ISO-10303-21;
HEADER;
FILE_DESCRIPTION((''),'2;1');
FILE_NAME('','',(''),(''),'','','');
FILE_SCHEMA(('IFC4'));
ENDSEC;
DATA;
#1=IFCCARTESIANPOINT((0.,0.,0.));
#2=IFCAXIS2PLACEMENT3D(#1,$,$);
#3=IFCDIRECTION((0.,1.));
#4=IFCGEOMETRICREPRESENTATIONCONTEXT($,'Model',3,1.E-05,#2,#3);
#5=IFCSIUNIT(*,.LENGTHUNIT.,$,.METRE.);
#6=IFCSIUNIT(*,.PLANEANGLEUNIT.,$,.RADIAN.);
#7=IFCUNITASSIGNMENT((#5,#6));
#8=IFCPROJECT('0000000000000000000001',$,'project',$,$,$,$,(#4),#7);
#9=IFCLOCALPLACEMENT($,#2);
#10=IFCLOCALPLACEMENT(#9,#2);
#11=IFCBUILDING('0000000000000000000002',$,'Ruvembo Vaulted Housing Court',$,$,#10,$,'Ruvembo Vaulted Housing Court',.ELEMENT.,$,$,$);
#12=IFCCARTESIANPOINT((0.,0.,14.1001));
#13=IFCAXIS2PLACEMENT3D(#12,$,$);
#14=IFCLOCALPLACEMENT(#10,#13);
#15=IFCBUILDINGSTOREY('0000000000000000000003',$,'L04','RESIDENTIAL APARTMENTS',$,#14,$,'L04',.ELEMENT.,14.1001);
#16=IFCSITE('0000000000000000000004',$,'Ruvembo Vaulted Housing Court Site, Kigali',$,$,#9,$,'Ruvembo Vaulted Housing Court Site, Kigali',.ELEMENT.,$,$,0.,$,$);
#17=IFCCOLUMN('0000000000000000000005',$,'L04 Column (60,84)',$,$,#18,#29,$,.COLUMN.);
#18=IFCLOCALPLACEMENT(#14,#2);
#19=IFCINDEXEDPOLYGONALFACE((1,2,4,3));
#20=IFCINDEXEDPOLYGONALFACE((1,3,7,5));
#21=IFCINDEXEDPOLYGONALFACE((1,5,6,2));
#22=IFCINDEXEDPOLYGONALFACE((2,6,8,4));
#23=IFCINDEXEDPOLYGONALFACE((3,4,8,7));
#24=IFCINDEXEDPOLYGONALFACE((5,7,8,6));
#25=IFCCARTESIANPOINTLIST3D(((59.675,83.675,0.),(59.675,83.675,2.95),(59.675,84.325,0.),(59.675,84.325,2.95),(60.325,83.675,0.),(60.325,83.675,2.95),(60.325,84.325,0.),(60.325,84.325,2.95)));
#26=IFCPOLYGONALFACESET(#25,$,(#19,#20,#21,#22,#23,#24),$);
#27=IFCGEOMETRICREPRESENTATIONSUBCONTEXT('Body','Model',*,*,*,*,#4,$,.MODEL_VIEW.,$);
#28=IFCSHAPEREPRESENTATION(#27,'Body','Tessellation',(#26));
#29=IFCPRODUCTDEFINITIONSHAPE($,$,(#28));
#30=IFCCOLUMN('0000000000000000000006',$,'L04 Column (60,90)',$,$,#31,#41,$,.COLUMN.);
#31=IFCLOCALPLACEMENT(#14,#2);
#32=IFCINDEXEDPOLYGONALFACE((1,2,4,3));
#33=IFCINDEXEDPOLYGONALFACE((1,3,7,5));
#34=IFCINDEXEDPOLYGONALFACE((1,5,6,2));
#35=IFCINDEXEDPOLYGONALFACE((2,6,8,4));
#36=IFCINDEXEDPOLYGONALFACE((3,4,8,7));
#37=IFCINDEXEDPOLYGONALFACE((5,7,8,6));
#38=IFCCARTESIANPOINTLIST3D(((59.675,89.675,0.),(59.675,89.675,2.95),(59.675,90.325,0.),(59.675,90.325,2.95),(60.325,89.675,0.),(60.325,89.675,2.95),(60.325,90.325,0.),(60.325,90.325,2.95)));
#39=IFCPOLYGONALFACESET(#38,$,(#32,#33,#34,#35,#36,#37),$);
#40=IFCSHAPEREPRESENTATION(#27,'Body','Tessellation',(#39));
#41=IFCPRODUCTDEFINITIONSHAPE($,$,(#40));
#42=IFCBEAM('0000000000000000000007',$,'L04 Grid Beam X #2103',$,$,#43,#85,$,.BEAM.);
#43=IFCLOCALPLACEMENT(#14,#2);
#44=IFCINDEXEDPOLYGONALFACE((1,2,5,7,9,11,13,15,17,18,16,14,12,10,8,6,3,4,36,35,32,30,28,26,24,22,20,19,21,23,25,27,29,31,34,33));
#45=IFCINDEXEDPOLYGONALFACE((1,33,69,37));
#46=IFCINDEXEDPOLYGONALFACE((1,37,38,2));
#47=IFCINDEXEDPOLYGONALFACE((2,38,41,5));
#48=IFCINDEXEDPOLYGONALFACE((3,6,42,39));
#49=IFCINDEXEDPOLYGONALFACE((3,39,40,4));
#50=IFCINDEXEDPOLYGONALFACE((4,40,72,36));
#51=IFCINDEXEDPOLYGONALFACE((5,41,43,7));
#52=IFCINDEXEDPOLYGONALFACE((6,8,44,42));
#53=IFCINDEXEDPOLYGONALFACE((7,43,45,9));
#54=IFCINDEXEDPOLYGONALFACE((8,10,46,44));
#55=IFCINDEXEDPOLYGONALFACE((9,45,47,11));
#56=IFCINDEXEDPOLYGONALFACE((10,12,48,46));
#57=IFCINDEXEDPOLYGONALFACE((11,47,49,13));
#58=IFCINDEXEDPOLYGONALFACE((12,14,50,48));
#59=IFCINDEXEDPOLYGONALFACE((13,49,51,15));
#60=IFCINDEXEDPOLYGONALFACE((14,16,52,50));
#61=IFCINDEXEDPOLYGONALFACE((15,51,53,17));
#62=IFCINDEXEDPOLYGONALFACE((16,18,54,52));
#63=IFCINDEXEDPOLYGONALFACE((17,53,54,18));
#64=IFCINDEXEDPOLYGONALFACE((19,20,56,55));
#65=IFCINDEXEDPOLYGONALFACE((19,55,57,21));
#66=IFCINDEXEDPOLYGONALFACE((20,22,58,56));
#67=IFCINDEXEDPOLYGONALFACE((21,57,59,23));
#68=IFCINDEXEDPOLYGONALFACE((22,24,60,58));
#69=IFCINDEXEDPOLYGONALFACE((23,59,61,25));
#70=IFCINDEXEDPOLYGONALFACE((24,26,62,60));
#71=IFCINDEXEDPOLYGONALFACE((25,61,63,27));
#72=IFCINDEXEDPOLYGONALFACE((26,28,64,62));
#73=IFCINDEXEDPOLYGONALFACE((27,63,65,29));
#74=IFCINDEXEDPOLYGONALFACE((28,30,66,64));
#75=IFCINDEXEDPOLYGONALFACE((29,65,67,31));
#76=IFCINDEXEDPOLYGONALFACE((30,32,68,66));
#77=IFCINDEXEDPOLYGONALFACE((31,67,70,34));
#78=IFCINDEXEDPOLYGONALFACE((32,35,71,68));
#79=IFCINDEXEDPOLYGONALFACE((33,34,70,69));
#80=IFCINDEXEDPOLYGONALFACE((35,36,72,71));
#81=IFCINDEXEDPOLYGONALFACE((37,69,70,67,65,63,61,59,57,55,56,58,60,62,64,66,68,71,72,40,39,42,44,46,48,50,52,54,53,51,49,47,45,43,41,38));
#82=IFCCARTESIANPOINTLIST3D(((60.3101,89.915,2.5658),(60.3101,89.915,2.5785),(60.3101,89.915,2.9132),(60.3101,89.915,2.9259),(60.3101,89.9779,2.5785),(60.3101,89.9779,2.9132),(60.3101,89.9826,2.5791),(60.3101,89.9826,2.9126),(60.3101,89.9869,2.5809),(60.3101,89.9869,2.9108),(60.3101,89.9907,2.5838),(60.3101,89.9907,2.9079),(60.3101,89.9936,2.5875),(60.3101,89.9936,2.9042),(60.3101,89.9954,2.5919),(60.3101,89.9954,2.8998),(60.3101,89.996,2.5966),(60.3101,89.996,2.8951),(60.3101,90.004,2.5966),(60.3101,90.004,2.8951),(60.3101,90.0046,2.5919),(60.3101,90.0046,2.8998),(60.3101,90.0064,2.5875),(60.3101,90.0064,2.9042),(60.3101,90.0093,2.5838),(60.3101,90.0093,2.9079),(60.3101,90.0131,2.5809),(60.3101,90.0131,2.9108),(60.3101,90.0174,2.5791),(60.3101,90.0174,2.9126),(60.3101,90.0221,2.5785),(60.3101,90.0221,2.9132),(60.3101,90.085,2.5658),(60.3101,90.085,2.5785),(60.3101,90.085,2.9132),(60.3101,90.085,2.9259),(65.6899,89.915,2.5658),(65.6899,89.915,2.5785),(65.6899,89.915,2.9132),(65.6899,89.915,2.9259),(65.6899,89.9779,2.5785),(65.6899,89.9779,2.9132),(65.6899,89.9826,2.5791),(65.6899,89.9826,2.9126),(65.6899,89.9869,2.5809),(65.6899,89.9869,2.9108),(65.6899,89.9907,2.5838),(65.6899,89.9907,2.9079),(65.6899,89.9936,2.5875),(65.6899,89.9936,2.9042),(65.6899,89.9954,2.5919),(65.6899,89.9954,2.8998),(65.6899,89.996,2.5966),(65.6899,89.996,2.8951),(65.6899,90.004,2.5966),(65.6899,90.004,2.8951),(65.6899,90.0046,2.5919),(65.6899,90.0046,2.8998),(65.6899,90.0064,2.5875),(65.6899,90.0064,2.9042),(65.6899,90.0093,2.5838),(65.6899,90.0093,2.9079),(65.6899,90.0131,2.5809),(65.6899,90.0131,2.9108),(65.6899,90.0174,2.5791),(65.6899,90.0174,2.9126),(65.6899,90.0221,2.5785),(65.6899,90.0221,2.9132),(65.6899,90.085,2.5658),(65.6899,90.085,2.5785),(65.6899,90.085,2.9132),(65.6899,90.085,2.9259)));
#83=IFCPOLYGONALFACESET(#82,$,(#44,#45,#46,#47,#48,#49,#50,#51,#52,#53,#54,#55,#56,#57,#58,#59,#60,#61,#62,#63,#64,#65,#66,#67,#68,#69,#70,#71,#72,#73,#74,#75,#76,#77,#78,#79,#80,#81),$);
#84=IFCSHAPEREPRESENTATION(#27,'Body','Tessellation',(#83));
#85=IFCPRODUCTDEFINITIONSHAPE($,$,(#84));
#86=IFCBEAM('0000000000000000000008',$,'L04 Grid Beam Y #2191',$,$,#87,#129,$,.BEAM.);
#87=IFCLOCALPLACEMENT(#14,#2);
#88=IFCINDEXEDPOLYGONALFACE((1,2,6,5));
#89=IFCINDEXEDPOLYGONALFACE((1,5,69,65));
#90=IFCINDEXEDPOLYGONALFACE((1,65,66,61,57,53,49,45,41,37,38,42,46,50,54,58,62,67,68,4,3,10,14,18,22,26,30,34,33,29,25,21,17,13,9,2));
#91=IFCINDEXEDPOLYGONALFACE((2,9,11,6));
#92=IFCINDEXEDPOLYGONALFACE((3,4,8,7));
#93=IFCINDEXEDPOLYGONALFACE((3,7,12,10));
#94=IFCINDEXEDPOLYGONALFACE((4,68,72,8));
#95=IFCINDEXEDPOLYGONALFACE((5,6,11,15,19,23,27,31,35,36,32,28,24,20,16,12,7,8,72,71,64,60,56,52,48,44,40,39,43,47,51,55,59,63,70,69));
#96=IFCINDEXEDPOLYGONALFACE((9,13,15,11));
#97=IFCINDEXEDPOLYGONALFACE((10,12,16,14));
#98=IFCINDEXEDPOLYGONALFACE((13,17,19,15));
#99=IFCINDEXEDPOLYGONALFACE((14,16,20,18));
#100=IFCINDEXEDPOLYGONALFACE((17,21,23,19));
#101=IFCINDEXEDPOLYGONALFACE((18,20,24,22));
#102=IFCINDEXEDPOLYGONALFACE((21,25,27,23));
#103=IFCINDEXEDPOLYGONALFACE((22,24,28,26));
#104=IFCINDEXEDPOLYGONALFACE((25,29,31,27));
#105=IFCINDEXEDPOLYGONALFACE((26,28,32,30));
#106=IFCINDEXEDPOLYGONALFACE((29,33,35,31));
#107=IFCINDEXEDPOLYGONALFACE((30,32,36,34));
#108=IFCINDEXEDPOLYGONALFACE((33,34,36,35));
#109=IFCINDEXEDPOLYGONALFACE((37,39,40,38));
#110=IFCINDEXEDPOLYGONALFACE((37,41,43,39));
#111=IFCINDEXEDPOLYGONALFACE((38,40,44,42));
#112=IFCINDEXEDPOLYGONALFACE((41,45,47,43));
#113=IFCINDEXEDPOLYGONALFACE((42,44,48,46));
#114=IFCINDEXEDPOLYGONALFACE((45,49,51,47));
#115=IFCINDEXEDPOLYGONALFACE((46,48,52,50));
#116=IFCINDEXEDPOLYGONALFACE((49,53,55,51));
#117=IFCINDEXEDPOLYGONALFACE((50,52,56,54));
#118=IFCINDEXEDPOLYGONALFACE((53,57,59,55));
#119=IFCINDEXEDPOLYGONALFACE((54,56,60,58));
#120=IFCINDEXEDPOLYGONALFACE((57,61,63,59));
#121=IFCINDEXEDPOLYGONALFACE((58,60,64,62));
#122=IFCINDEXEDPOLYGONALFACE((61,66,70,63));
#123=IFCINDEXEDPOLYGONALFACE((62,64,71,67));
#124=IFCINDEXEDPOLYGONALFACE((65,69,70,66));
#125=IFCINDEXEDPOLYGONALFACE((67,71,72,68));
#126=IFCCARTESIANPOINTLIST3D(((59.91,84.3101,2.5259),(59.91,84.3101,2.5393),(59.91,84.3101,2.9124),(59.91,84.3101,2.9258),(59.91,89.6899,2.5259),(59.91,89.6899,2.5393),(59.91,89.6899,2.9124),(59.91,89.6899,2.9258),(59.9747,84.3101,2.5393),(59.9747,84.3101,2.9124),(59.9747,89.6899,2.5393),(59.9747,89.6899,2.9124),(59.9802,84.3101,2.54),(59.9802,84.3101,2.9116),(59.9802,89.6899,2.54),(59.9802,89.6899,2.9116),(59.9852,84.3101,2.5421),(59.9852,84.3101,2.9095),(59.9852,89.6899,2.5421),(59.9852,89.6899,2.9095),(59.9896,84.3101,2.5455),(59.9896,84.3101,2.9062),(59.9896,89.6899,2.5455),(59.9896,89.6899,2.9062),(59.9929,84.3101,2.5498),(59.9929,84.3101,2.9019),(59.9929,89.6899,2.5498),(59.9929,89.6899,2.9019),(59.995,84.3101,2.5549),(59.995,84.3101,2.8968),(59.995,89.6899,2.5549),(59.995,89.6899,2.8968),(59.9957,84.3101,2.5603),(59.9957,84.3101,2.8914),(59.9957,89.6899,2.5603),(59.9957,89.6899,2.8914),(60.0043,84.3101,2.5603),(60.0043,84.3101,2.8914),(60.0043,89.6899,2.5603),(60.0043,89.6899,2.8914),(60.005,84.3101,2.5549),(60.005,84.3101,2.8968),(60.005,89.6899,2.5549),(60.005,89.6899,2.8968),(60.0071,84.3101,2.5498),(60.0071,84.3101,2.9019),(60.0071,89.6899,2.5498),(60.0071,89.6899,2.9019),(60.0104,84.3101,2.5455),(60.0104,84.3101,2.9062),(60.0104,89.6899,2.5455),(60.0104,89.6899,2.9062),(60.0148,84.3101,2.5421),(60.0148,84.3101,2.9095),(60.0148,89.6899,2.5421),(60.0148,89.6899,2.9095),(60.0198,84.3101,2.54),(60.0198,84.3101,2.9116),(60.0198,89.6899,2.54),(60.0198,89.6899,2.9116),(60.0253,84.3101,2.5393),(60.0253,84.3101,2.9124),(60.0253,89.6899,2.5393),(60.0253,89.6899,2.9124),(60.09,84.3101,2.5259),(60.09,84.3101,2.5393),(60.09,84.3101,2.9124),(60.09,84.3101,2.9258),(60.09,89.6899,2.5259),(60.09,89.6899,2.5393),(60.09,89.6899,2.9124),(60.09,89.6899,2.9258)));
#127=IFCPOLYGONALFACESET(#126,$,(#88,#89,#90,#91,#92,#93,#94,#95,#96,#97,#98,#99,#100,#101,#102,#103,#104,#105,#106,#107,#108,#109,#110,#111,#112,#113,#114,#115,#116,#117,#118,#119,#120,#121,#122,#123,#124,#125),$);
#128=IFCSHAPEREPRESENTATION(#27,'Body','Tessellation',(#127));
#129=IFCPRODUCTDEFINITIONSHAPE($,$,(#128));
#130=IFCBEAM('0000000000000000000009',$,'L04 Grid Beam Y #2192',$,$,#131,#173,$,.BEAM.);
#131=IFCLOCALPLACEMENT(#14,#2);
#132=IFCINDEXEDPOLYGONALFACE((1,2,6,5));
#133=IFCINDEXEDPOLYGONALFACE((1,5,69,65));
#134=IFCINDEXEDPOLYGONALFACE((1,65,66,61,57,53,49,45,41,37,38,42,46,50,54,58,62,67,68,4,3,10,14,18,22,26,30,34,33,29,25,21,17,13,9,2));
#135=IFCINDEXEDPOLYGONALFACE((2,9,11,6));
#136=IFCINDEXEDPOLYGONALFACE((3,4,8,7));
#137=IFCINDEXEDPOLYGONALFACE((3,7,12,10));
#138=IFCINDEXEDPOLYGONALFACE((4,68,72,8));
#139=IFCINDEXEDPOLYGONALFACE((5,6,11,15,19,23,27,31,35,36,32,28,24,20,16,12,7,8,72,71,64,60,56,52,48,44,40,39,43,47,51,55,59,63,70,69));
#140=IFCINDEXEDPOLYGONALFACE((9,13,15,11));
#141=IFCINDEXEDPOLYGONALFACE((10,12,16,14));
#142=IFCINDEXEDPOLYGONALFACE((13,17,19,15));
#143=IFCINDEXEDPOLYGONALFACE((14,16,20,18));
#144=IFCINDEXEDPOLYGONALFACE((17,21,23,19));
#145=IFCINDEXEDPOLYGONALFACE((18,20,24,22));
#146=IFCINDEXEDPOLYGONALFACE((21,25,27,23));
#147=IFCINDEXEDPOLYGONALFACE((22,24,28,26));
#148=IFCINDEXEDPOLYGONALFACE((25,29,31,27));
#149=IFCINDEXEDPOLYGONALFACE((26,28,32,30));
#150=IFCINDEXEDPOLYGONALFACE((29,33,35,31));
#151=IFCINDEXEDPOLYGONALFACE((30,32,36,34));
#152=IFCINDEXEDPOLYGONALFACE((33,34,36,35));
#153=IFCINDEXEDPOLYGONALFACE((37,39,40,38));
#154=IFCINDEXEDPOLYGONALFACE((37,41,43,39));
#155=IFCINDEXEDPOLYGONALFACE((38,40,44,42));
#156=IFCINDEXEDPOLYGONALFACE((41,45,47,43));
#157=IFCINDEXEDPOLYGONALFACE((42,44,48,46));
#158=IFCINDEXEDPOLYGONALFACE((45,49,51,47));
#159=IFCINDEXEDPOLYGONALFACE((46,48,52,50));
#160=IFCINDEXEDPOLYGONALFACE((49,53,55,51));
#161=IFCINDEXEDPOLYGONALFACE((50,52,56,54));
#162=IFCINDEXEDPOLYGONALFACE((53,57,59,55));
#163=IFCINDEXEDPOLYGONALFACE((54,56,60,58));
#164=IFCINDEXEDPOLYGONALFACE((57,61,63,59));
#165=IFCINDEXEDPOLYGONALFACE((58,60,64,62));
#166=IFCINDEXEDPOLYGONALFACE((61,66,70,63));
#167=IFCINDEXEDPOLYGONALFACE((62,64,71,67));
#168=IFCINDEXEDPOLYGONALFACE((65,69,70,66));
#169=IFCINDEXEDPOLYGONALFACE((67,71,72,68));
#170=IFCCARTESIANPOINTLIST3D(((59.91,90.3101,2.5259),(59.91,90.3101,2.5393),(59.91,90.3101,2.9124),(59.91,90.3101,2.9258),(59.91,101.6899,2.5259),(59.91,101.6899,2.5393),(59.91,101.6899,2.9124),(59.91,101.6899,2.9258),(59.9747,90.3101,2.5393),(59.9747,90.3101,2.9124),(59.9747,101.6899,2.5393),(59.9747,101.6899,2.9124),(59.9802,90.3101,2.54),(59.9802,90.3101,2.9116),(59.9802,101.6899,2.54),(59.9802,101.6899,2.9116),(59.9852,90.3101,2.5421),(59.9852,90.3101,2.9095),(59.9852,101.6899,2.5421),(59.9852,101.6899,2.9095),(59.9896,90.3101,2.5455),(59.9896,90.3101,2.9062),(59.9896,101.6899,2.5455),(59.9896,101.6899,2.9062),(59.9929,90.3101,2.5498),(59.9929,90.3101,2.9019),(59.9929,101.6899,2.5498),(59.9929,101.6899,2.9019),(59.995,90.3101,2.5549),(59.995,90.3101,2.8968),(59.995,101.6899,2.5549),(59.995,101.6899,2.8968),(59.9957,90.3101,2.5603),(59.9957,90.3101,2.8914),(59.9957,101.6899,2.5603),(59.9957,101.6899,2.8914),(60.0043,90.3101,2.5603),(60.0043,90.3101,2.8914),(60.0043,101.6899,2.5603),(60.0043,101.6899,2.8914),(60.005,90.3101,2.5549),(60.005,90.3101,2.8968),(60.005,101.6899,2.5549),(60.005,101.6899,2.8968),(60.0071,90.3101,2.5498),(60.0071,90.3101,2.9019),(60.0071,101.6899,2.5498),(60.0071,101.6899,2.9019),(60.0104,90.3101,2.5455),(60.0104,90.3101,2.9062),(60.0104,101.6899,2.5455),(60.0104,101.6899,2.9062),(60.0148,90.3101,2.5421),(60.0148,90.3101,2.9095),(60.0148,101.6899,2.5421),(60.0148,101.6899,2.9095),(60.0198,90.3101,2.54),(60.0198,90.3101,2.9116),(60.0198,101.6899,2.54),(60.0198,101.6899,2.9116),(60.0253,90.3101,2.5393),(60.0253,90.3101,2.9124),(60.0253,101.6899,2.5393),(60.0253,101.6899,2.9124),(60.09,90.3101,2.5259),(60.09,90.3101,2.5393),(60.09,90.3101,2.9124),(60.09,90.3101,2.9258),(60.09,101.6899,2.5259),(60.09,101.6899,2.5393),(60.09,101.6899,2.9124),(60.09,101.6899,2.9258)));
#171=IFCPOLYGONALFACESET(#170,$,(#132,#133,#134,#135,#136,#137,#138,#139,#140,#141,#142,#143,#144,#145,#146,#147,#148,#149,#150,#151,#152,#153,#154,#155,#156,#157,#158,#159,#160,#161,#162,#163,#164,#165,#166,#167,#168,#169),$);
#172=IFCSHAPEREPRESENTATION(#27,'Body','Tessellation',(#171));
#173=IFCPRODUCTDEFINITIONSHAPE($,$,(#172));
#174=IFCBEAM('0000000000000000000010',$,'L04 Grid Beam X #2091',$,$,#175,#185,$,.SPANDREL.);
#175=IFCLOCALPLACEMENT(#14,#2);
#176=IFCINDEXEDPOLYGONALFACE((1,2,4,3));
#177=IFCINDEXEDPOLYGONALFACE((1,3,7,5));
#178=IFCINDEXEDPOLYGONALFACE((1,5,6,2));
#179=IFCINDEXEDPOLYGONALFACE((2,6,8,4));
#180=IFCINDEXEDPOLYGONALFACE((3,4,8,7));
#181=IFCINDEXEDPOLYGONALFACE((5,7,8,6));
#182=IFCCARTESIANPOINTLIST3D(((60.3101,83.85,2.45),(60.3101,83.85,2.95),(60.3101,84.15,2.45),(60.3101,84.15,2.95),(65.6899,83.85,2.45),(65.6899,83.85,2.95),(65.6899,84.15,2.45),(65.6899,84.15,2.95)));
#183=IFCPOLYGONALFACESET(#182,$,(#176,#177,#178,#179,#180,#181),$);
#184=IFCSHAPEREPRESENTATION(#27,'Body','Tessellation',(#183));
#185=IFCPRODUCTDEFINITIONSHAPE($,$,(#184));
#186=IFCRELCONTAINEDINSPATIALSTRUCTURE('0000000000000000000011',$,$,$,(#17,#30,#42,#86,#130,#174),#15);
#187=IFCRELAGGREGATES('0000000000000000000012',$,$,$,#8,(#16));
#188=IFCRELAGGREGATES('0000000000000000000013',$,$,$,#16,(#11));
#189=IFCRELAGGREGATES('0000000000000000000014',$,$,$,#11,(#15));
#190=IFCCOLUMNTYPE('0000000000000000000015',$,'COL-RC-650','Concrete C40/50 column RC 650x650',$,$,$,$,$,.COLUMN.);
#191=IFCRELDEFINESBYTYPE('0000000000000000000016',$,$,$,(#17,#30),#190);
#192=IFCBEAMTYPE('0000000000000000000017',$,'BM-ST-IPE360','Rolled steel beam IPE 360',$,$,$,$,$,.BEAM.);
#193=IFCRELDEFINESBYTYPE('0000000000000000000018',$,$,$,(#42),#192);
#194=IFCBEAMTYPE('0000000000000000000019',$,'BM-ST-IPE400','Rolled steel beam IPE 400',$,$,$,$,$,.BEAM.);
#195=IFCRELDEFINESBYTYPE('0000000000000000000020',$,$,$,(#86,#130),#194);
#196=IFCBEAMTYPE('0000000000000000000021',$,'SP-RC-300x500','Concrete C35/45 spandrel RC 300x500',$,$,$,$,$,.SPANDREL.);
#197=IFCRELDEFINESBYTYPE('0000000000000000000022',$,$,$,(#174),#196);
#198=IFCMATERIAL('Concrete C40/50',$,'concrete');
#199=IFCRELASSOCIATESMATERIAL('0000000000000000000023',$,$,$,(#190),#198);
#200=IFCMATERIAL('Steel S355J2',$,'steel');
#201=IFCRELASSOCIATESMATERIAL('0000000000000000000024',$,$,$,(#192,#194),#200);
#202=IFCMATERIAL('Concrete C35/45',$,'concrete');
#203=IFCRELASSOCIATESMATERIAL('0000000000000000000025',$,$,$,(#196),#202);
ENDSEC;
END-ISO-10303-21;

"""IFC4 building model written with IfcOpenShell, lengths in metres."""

from ifc_helpers import new_model, si_unit, direction, frame, origin, origin_2d, place, context, subcontext, project, spatial, rectangle, i_section, extrude, material, material_profile, profile_set, type_object, element, save


model = new_model("IFC4")

# Units and contexts
model_context = context("Model", 3, precision=1e-05, world=origin(), true_north=direction((0.0, 1.0)))
body_context = subcontext(model_context, "Body", "Model", "MODEL_VIEW")
ifc_project = project(units=[si_unit("LENGTHUNIT", "METRE"), si_unit("PLANEANGLEUNIT", "RADIAN")], contexts=[model_context])

# Site, building, storey
site_placement = place(None, origin())
site = spatial("IfcSite", under=ifc_project, at=site_placement, Name="Ruvembo Vaulted Housing Court Site, Kigali", LongName="Ruvembo Vaulted Housing Court Site, Kigali", CompositionType="ELEMENT", RefElevation=0.0)
building_placement = place(site_placement, origin())
building = spatial("IfcBuilding", under=site, at=building_placement, Name="Ruvembo Vaulted Housing Court", LongName="Ruvembo Vaulted Housing Court", CompositionType="ELEMENT")
storey_placement = place(building_placement, frame((0.0, 0.0, 14.1001)))
storey = spatial("IfcBuildingStorey", under=building, at=storey_placement, Name="L04", Description="RESIDENTIAL APARTMENTS", LongName="L04", CompositionType="ELEMENT", Elevation=14.1001)

# Columns
ifc_material_1 = material(Name="Concrete C40/50", Category="concrete")
ifc_material_profile_1 = material_profile(ifc_material_1, rectangle(XDim=0.6499, YDim=0.6499, at=origin_2d()), Name="RC 650x650")
ifc_profile_set_1 = profile_set([ifc_material_profile_1], Name="Concrete C40/50")
column_type = type_object("IfcColumnType", Name="COL-RC-650", Description="Concrete C40/50 column RC 650x650", PredefinedType="COLUMN", material=ifc_profile_set_1)
for number, where, z_axis, x_axis, name in (
    (1, (60.0, 84.0, 0.0), (0.0, 0.0, 1.0), (1.0, 0.0, 0.0), "L04 Column (60,84)"),
    (2, (60.0, 90.0, 0.0), (0.0, 0.0, 1.0), (1.0, 0.0, 0.0), "L04 Column (60,90)"),
):
    element("IfcColumn", number, at=place(storey_placement, frame(where, z_axis=z_axis, x_axis=x_axis)), inside=storey, type_object=column_type, Name=name, PredefinedType="COLUMN", context=body_context, shape_type="SweptSolid", body=[
        extrude(rectangle(XDim=0.6499, YDim=0.6499, at=origin_2d()), origin(), (0.0, 0.0, 1.0), 2.95),
    ])

# Beams
ifc_material_2 = material(Name="Steel S355J2", Category="steel")
ifc_material_profile_2 = material_profile(ifc_material_2, i_section(OverallWidth=0.1699, OverallDepth=0.3601, WebThickness=0.0081, FlangeThickness=0.0127, FilletRadius=0.0181, at=origin_2d()), Name="IPE 360")
ifc_profile_set_2 = profile_set([ifc_material_profile_2], Name="Steel S355J2")
beam_type_1 = type_object("IfcBeamType", Name="BM-ST-IPE360", Description="Rolled steel beam IPE 360", PredefinedType="BEAM", material=ifc_profile_set_2)
beam_1_placement = place(storey_placement, frame((60.3101, 90.0, 2.7458), z_axis=(1.0, 0.0, 0.0), x_axis=(0.0, 1.0, 0.0)))
element("IfcBeam", 3, at=beam_1_placement, inside=storey, type_object=beam_type_1, Name="L04 Grid Beam X #2103", PredefinedType="BEAM", context=body_context, shape_type="SweptSolid", body=[
    extrude(i_section(OverallWidth=0.1699, OverallDepth=0.3601, WebThickness=0.0081, FlangeThickness=0.0127, FilletRadius=0.0181, at=origin_2d()), origin(), (0.0, 0.0, 1.0), 5.3799),
])
ifc_material_profile_3 = material_profile(ifc_material_2, i_section(OverallWidth=0.1799, OverallDepth=0.3999, WebThickness=0.0085, FlangeThickness=0.0134, FilletRadius=0.021, at=origin_2d()), Name="IPE 400")
ifc_profile_set_3 = profile_set([ifc_material_profile_3], Name="Steel S355J2")
beam_type_2 = type_object("IfcBeamType", Name="BM-ST-IPE400", Description="Rolled steel beam IPE 400", PredefinedType="BEAM", material=ifc_profile_set_3)
beam_2_placement = place(storey_placement, frame((60.0, 84.3101, 2.7258), z_axis=(0.0, 1.0, 0.0), x_axis=(-1.0, 0.0, 0.0)))
element("IfcBeam", 4, at=beam_2_placement, inside=storey, type_object=beam_type_2, Name="L04 Grid Beam Y #2191", PredefinedType="BEAM", context=body_context, shape_type="SweptSolid", body=[
    extrude(i_section(OverallWidth=0.1799, OverallDepth=0.3999, WebThickness=0.0085, FlangeThickness=0.0134, FilletRadius=0.021, at=origin_2d()), origin(), (0.0, 0.0, 1.0), 5.3799),
])
beam_3_placement = place(storey_placement, frame((60.0, 90.3101, 2.7258), z_axis=(0.0, 1.0, 0.0), x_axis=(-1.0, 0.0, 0.0)))
element("IfcBeam", 5, at=beam_3_placement, inside=storey, type_object=beam_type_2, Name="L04 Grid Beam Y #2192", PredefinedType="BEAM", context=body_context, shape_type="SweptSolid", body=[
    extrude(i_section(OverallWidth=0.1799, OverallDepth=0.3999, WebThickness=0.0085, FlangeThickness=0.0134, FilletRadius=0.021, at=origin_2d()), origin(), (0.0, 0.0, 1.0), 11.3799),
])
ifc_material_3 = material(Name="Concrete C35/45", Category="concrete")
ifc_material_profile_4 = material_profile(ifc_material_3, rectangle(XDim=0.3, YDim=0.5, at=origin_2d()), Name="RC 300x500")
ifc_profile_set_4 = profile_set([ifc_material_profile_4], Name="Concrete C35/45")
beam_type_3 = type_object("IfcBeamType", Name="SP-RC-300x500", Description="Concrete C35/45 spandrel RC 300x500", PredefinedType="SPANDREL", material=ifc_profile_set_4)
beam_4_placement = place(storey_placement, frame((60.3101, 84.0, 2.7), z_axis=(1.0, 0.0, 0.0), x_axis=(0.0, 1.0, 0.0)))
element("IfcBeam", 6, at=beam_4_placement, inside=storey, type_object=beam_type_3, Name="L04 Grid Beam X #2091", PredefinedType="SPANDREL", context=body_context, shape_type="SweptSolid", body=[
    extrude(rectangle(XDim=0.3, YDim=0.5, at=origin_2d()), origin(), (0.0, 0.0, 1.0), 5.3799),
])

save(model, "model.ifc")
